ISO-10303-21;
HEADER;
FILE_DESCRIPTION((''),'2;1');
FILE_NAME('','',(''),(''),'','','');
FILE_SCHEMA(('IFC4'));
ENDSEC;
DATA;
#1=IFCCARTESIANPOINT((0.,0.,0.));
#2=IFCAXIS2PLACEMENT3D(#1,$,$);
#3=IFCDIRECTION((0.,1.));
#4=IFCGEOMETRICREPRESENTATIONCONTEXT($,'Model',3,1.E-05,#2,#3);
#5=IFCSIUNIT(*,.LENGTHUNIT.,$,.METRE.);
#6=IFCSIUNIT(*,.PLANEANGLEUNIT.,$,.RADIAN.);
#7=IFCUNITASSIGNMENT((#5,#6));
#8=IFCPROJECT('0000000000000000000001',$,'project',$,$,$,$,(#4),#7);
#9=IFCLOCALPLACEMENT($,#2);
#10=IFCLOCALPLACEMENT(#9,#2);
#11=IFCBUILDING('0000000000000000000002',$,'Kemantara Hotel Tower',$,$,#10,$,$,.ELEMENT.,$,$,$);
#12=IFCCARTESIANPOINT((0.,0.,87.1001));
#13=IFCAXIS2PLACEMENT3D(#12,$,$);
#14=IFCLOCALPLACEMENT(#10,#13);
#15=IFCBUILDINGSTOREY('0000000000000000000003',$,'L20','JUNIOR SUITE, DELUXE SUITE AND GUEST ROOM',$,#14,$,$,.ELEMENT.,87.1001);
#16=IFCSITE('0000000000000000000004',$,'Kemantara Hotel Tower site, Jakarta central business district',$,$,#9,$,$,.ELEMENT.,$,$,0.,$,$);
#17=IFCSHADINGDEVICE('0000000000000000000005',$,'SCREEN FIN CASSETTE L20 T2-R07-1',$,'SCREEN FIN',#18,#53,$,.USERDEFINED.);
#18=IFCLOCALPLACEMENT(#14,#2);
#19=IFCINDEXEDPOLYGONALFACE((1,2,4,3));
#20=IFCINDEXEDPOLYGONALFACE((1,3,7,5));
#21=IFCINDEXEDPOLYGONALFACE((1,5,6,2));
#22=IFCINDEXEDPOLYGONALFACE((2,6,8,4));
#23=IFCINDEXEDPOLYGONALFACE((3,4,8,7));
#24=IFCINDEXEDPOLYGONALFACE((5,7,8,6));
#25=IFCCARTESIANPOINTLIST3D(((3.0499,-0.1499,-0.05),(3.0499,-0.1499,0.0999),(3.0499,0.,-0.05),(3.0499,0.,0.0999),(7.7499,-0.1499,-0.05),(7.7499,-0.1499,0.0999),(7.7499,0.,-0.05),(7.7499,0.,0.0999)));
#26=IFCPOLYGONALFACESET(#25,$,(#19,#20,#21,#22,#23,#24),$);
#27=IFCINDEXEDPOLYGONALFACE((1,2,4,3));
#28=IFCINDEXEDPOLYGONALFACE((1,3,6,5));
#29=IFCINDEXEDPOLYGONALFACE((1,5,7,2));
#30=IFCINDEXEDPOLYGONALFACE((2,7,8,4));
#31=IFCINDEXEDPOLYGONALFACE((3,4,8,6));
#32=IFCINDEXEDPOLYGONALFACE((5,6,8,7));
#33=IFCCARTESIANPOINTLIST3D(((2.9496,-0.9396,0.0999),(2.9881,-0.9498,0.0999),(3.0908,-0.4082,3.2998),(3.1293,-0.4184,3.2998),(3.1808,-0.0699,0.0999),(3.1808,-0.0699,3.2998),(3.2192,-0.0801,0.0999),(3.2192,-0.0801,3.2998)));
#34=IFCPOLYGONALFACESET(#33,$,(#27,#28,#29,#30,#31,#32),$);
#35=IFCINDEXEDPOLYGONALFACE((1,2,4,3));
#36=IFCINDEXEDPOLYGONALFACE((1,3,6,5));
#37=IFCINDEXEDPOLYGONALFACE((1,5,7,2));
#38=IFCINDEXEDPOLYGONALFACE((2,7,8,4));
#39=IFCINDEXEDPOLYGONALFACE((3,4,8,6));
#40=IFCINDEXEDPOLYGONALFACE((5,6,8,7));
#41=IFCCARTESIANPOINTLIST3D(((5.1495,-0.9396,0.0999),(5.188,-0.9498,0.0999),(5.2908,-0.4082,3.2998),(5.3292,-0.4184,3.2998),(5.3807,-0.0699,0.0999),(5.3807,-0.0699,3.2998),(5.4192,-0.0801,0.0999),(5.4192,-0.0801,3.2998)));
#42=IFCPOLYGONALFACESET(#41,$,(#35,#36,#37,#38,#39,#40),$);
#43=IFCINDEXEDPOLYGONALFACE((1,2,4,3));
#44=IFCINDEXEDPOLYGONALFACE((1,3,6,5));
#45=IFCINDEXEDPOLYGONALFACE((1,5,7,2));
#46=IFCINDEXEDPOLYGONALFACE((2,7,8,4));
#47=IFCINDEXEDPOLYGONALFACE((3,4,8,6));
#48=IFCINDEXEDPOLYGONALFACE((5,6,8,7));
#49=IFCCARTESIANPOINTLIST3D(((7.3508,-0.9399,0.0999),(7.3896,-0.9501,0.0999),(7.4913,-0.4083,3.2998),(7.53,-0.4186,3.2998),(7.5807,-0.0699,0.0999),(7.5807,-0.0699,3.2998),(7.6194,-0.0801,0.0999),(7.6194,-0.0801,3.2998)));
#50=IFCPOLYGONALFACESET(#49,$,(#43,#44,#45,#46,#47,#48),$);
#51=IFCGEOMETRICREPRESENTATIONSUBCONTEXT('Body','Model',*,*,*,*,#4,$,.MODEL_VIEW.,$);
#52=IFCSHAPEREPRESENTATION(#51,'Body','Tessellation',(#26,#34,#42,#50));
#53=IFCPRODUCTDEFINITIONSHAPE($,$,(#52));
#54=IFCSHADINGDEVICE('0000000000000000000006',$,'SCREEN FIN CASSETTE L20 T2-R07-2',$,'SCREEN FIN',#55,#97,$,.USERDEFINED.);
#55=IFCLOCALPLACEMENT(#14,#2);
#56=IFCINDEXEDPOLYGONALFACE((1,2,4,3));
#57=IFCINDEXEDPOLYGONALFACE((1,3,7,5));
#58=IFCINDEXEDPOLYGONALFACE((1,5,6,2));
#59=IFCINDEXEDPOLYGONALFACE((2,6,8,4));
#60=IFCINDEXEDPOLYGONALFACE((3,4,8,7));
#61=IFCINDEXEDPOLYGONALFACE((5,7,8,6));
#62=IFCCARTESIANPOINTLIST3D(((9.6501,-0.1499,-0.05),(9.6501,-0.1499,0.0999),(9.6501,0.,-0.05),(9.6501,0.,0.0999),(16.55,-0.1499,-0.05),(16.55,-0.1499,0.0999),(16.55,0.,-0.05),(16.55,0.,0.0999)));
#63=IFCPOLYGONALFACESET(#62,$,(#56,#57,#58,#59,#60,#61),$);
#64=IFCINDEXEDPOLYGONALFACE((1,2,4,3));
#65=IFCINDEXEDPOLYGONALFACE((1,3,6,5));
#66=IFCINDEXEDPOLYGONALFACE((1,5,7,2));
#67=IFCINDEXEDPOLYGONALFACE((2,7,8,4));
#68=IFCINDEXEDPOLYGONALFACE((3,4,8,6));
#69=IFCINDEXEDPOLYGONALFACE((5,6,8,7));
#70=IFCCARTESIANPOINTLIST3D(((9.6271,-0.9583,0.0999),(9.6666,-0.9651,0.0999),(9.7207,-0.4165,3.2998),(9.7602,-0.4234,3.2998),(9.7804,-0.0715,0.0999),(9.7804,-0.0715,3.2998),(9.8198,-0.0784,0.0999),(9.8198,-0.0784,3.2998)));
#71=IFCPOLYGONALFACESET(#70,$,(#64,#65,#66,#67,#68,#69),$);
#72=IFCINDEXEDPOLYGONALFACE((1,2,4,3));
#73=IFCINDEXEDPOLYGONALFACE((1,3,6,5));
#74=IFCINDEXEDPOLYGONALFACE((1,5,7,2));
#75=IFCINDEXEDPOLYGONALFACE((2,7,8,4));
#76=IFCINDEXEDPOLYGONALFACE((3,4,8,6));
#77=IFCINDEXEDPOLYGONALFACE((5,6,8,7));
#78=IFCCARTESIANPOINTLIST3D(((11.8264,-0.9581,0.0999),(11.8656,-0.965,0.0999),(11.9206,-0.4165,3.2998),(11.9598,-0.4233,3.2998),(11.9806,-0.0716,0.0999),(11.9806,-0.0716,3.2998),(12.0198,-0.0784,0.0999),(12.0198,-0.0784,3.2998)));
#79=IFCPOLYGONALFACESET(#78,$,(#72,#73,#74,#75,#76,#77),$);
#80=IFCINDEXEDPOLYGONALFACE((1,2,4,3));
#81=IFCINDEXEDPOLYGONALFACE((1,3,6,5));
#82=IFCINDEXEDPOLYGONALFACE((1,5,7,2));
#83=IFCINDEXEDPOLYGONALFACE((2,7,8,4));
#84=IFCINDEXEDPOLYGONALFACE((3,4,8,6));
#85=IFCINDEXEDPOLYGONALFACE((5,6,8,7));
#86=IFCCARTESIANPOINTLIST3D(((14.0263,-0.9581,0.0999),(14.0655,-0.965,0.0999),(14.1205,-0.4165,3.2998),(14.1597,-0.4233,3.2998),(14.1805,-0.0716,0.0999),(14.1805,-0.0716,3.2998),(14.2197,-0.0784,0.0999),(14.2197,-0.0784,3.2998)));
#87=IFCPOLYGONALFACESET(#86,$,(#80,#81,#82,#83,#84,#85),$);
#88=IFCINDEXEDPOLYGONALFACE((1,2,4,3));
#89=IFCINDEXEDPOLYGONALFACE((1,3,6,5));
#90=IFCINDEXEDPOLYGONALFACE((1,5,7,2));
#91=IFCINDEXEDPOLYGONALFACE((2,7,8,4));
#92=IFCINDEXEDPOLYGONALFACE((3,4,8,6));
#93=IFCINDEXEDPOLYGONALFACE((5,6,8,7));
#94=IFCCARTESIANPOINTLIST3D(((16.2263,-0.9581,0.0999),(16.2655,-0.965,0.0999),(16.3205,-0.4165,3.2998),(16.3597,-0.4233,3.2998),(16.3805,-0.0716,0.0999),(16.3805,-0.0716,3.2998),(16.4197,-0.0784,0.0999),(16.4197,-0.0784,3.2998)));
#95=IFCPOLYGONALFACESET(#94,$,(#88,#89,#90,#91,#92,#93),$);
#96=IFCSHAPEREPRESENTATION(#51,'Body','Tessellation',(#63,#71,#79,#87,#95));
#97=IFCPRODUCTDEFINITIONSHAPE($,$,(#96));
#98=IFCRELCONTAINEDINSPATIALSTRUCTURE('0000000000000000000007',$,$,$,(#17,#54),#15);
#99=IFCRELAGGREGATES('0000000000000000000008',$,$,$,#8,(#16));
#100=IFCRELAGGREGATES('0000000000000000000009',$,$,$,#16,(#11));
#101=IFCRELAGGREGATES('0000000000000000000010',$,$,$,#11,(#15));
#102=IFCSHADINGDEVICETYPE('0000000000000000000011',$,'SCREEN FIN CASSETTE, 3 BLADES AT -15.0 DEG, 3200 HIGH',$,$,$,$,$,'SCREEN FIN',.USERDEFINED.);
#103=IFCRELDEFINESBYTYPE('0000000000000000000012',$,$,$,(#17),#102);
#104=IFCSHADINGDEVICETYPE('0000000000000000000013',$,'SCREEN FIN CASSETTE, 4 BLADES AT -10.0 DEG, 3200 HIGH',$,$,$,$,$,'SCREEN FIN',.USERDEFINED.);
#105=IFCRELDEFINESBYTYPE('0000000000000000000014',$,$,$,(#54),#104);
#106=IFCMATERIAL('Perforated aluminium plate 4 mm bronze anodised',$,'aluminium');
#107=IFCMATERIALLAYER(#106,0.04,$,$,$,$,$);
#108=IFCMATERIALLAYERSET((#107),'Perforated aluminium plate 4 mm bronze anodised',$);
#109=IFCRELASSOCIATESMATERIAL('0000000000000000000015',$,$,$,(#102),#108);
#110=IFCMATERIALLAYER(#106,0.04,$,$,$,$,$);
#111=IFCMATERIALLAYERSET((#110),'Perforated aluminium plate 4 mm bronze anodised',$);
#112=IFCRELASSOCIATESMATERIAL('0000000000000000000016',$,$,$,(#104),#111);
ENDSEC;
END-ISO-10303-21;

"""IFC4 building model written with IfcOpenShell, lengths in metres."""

from ifc_helpers import new_model, si_unit, direction, frame, origin, origin_2d, place, context, subcontext, project, spatial, polyline, rectangle, outline, extrude, source, transform, mapped, material, layer, layer_set, type_object, element, save


model = new_model("IFC4")

# Units and contexts
model_context = context("Model", 3, precision=1e-05, world=origin(), true_north=direction((0.0, 1.0)))
body_context = subcontext(model_context, "Body", "Model", "MODEL_VIEW")
ifc_project = project(units=[si_unit("LENGTHUNIT", "METRE"), si_unit("PLANEANGLEUNIT", "RADIAN")], contexts=[model_context])

# Site, building, storey
site_placement = place(None, origin())
site = spatial("IfcSite", under=ifc_project, at=site_placement, Name="Kemantara Hotel Tower site, Jakarta central business district", CompositionType="ELEMENT", RefElevation=0.0)
building_placement = place(site_placement, origin())
building = spatial("IfcBuilding", under=site, at=building_placement, Name="Kemantara Hotel Tower", CompositionType="ELEMENT")
storey_placement = place(building_placement, frame((0.0, 0.0, 87.1001)))
storey = spatial("IfcBuildingStorey", under=building, at=storey_placement, Name="L20", Description="JUNIOR SUITE, DELUXE SUITE AND GUEST ROOM", CompositionType="ELEMENT", Elevation=87.1001)

# Shading devices
ifc_material_1 = material(Name="Perforated aluminium plate 4 mm bronze anodised", Category="aluminium")
ifc_layer_1 = layer(ifc_material_1, 0.04)
ifc_layer_set_1 = layer_set([ifc_layer_1], Name="Perforated aluminium plate 4 mm bronze anodised")
shading_device_type_1 = type_object("IfcShadingDeviceType", Name="SCREEN FIN CASSETTE, 3 BLADES AT -15.0 DEG, 3200 HIGH", ElementType="SCREEN FIN", PredefinedType="USERDEFINED", material=ifc_layer_set_1)
shared_shape_1 = source(origin(), body_context, "Body", "SweptSolid", [
    extrude(rectangle(XDim=4.7, YDim=0.1499, at=origin_2d()), frame((2.2, -0.075, -0.1499), z_axis=(0.0, 0.0, 1.0), x_axis=(1.0, 0.0, 0.0)), (0.0, 0.0, 1.0), 0.1499),
    extrude(outline(polyline([(0.0, 0.0), (0.8999, 0.0), (0.3501, 3.2), (0.0, 3.2), (0.0, 0.0)])), frame((0.0193, -0.0801, 0.0), z_axis=(-0.966438, 0.256901, 0.0), x_axis=(-0.256901, -0.966438, 0.0)), (0.0, 0.0, 1.0), 0.0398),
    extrude(outline(polyline([(0.0, 0.0), (0.8999, 0.0), (0.3501, 3.2), (0.0, 3.2), (0.0, 0.0)])), frame((2.2192, -0.0801, 0.0), z_axis=(-0.966438, 0.256901, 0.0), x_axis=(-0.256901, -0.966438, 0.0)), (0.0, 0.0, 1.0), 0.0398),
    extrude(outline(polyline([(0.0, 0.0), (0.8999, 0.0), (0.3501, 3.2), (0.0, 3.2), (0.0, 0.0)])), frame((4.4194, -0.0801, 0.0), z_axis=(-0.966838, 0.255391, 0.0), x_axis=(-0.255391, -0.966838, 0.0)), (0.0, 0.0, 1.0), 0.04),
])
shading_device_1_placement = place(storey_placement, frame((3.2, 0.0, 0.0999), z_axis=(0.0, 0.0, 1.0), x_axis=(1.0, 0.0, 0.0)))
element("IfcShadingDevice", 1, at=shading_device_1_placement, inside=storey, type_object=shading_device_type_1, Name="SCREEN FIN CASSETTE L20 T2-R07-1", ObjectType="SCREEN FIN", PredefinedType="USERDEFINED", context=body_context, shape_type="MappedRepresentation", body=[
    mapped(shared_shape_1, transform((0.0, 0.0, 0.0))),
])
ifc_layer_2 = layer(ifc_material_1, 0.04)
ifc_layer_set_2 = layer_set([ifc_layer_2], Name="Perforated aluminium plate 4 mm bronze anodised")
shading_device_type_2 = type_object("IfcShadingDeviceType", Name="SCREEN FIN CASSETTE, 4 BLADES AT -10.0 DEG, 3200 HIGH", ElementType="SCREEN FIN", PredefinedType="USERDEFINED", material=ifc_layer_set_2)
shared_shape_2 = source(origin(), body_context, "Body", "SweptSolid", [
    extrude(rectangle(XDim=6.8999, YDim=0.1499, at=origin_2d()), frame((3.3, -0.075, -0.1499), z_axis=(0.0, 0.0, 1.0), x_axis=(1.0, 0.0, 0.0)), (0.0, 0.0, 1.0), 0.1499),
    extrude(outline(polyline([(0.0, 0.0), (0.8999, 0.0), (0.3501, 3.2), (0.0, 3.2), (0.0, 0.0)])), frame((0.0198, -0.0784, 0.0), z_axis=(-0.98539, 0.170314, 0.0), x_axis=(-0.170314, -0.98539, 0.0)), (0.0, 0.0, 1.0), 0.04),
    extrude(outline(polyline([(0.0, 0.0), (0.8999, 0.0), (0.3501, 3.2), (0.0, 3.2), (0.0, 0.0)])), frame((2.2197, -0.0784, 0.0), z_axis=(-0.985212, 0.171341, 0.0), x_axis=(-0.171341, -0.985212, 0.0)), (0.0, 0.0, 1.0), 0.0398),
    extrude(outline(polyline([(0.0, 0.0), (0.8999, 0.0), (0.3501, 3.2), (0.0, 3.2), (0.0, 0.0)])), frame((4.4197, -0.0784, 0.0), z_axis=(-0.985212, 0.171341, 0.0), x_axis=(-0.171341, -0.985212, 0.0)), (0.0, 0.0, 1.0), 0.0398),
    extrude(outline(polyline([(0.0, 0.0), (0.8999, 0.0), (0.3501, 3.2), (0.0, 3.2), (0.0, 0.0)])), frame((6.6196, -0.0784, 0.0), z_axis=(-0.985212, 0.171341, 0.0), x_axis=(-0.171341, -0.985212, 0.0)), (0.0, 0.0, 1.0), 0.0398),
])
shading_device_2_placement = place(storey_placement, frame((9.8, 0.0, 0.0999), z_axis=(0.0, 0.0, 1.0), x_axis=(1.0, 0.0, 0.0)))
element("IfcShadingDevice", 2, at=shading_device_2_placement, inside=storey, type_object=shading_device_type_2, Name="SCREEN FIN CASSETTE L20 T2-R07-2", ObjectType="SCREEN FIN", PredefinedType="USERDEFINED", context=body_context, shape_type="MappedRepresentation", body=[
    mapped(shared_shape_2, transform((0.0, 0.0, 0.0))),
])

save(model, "model.ifc")
